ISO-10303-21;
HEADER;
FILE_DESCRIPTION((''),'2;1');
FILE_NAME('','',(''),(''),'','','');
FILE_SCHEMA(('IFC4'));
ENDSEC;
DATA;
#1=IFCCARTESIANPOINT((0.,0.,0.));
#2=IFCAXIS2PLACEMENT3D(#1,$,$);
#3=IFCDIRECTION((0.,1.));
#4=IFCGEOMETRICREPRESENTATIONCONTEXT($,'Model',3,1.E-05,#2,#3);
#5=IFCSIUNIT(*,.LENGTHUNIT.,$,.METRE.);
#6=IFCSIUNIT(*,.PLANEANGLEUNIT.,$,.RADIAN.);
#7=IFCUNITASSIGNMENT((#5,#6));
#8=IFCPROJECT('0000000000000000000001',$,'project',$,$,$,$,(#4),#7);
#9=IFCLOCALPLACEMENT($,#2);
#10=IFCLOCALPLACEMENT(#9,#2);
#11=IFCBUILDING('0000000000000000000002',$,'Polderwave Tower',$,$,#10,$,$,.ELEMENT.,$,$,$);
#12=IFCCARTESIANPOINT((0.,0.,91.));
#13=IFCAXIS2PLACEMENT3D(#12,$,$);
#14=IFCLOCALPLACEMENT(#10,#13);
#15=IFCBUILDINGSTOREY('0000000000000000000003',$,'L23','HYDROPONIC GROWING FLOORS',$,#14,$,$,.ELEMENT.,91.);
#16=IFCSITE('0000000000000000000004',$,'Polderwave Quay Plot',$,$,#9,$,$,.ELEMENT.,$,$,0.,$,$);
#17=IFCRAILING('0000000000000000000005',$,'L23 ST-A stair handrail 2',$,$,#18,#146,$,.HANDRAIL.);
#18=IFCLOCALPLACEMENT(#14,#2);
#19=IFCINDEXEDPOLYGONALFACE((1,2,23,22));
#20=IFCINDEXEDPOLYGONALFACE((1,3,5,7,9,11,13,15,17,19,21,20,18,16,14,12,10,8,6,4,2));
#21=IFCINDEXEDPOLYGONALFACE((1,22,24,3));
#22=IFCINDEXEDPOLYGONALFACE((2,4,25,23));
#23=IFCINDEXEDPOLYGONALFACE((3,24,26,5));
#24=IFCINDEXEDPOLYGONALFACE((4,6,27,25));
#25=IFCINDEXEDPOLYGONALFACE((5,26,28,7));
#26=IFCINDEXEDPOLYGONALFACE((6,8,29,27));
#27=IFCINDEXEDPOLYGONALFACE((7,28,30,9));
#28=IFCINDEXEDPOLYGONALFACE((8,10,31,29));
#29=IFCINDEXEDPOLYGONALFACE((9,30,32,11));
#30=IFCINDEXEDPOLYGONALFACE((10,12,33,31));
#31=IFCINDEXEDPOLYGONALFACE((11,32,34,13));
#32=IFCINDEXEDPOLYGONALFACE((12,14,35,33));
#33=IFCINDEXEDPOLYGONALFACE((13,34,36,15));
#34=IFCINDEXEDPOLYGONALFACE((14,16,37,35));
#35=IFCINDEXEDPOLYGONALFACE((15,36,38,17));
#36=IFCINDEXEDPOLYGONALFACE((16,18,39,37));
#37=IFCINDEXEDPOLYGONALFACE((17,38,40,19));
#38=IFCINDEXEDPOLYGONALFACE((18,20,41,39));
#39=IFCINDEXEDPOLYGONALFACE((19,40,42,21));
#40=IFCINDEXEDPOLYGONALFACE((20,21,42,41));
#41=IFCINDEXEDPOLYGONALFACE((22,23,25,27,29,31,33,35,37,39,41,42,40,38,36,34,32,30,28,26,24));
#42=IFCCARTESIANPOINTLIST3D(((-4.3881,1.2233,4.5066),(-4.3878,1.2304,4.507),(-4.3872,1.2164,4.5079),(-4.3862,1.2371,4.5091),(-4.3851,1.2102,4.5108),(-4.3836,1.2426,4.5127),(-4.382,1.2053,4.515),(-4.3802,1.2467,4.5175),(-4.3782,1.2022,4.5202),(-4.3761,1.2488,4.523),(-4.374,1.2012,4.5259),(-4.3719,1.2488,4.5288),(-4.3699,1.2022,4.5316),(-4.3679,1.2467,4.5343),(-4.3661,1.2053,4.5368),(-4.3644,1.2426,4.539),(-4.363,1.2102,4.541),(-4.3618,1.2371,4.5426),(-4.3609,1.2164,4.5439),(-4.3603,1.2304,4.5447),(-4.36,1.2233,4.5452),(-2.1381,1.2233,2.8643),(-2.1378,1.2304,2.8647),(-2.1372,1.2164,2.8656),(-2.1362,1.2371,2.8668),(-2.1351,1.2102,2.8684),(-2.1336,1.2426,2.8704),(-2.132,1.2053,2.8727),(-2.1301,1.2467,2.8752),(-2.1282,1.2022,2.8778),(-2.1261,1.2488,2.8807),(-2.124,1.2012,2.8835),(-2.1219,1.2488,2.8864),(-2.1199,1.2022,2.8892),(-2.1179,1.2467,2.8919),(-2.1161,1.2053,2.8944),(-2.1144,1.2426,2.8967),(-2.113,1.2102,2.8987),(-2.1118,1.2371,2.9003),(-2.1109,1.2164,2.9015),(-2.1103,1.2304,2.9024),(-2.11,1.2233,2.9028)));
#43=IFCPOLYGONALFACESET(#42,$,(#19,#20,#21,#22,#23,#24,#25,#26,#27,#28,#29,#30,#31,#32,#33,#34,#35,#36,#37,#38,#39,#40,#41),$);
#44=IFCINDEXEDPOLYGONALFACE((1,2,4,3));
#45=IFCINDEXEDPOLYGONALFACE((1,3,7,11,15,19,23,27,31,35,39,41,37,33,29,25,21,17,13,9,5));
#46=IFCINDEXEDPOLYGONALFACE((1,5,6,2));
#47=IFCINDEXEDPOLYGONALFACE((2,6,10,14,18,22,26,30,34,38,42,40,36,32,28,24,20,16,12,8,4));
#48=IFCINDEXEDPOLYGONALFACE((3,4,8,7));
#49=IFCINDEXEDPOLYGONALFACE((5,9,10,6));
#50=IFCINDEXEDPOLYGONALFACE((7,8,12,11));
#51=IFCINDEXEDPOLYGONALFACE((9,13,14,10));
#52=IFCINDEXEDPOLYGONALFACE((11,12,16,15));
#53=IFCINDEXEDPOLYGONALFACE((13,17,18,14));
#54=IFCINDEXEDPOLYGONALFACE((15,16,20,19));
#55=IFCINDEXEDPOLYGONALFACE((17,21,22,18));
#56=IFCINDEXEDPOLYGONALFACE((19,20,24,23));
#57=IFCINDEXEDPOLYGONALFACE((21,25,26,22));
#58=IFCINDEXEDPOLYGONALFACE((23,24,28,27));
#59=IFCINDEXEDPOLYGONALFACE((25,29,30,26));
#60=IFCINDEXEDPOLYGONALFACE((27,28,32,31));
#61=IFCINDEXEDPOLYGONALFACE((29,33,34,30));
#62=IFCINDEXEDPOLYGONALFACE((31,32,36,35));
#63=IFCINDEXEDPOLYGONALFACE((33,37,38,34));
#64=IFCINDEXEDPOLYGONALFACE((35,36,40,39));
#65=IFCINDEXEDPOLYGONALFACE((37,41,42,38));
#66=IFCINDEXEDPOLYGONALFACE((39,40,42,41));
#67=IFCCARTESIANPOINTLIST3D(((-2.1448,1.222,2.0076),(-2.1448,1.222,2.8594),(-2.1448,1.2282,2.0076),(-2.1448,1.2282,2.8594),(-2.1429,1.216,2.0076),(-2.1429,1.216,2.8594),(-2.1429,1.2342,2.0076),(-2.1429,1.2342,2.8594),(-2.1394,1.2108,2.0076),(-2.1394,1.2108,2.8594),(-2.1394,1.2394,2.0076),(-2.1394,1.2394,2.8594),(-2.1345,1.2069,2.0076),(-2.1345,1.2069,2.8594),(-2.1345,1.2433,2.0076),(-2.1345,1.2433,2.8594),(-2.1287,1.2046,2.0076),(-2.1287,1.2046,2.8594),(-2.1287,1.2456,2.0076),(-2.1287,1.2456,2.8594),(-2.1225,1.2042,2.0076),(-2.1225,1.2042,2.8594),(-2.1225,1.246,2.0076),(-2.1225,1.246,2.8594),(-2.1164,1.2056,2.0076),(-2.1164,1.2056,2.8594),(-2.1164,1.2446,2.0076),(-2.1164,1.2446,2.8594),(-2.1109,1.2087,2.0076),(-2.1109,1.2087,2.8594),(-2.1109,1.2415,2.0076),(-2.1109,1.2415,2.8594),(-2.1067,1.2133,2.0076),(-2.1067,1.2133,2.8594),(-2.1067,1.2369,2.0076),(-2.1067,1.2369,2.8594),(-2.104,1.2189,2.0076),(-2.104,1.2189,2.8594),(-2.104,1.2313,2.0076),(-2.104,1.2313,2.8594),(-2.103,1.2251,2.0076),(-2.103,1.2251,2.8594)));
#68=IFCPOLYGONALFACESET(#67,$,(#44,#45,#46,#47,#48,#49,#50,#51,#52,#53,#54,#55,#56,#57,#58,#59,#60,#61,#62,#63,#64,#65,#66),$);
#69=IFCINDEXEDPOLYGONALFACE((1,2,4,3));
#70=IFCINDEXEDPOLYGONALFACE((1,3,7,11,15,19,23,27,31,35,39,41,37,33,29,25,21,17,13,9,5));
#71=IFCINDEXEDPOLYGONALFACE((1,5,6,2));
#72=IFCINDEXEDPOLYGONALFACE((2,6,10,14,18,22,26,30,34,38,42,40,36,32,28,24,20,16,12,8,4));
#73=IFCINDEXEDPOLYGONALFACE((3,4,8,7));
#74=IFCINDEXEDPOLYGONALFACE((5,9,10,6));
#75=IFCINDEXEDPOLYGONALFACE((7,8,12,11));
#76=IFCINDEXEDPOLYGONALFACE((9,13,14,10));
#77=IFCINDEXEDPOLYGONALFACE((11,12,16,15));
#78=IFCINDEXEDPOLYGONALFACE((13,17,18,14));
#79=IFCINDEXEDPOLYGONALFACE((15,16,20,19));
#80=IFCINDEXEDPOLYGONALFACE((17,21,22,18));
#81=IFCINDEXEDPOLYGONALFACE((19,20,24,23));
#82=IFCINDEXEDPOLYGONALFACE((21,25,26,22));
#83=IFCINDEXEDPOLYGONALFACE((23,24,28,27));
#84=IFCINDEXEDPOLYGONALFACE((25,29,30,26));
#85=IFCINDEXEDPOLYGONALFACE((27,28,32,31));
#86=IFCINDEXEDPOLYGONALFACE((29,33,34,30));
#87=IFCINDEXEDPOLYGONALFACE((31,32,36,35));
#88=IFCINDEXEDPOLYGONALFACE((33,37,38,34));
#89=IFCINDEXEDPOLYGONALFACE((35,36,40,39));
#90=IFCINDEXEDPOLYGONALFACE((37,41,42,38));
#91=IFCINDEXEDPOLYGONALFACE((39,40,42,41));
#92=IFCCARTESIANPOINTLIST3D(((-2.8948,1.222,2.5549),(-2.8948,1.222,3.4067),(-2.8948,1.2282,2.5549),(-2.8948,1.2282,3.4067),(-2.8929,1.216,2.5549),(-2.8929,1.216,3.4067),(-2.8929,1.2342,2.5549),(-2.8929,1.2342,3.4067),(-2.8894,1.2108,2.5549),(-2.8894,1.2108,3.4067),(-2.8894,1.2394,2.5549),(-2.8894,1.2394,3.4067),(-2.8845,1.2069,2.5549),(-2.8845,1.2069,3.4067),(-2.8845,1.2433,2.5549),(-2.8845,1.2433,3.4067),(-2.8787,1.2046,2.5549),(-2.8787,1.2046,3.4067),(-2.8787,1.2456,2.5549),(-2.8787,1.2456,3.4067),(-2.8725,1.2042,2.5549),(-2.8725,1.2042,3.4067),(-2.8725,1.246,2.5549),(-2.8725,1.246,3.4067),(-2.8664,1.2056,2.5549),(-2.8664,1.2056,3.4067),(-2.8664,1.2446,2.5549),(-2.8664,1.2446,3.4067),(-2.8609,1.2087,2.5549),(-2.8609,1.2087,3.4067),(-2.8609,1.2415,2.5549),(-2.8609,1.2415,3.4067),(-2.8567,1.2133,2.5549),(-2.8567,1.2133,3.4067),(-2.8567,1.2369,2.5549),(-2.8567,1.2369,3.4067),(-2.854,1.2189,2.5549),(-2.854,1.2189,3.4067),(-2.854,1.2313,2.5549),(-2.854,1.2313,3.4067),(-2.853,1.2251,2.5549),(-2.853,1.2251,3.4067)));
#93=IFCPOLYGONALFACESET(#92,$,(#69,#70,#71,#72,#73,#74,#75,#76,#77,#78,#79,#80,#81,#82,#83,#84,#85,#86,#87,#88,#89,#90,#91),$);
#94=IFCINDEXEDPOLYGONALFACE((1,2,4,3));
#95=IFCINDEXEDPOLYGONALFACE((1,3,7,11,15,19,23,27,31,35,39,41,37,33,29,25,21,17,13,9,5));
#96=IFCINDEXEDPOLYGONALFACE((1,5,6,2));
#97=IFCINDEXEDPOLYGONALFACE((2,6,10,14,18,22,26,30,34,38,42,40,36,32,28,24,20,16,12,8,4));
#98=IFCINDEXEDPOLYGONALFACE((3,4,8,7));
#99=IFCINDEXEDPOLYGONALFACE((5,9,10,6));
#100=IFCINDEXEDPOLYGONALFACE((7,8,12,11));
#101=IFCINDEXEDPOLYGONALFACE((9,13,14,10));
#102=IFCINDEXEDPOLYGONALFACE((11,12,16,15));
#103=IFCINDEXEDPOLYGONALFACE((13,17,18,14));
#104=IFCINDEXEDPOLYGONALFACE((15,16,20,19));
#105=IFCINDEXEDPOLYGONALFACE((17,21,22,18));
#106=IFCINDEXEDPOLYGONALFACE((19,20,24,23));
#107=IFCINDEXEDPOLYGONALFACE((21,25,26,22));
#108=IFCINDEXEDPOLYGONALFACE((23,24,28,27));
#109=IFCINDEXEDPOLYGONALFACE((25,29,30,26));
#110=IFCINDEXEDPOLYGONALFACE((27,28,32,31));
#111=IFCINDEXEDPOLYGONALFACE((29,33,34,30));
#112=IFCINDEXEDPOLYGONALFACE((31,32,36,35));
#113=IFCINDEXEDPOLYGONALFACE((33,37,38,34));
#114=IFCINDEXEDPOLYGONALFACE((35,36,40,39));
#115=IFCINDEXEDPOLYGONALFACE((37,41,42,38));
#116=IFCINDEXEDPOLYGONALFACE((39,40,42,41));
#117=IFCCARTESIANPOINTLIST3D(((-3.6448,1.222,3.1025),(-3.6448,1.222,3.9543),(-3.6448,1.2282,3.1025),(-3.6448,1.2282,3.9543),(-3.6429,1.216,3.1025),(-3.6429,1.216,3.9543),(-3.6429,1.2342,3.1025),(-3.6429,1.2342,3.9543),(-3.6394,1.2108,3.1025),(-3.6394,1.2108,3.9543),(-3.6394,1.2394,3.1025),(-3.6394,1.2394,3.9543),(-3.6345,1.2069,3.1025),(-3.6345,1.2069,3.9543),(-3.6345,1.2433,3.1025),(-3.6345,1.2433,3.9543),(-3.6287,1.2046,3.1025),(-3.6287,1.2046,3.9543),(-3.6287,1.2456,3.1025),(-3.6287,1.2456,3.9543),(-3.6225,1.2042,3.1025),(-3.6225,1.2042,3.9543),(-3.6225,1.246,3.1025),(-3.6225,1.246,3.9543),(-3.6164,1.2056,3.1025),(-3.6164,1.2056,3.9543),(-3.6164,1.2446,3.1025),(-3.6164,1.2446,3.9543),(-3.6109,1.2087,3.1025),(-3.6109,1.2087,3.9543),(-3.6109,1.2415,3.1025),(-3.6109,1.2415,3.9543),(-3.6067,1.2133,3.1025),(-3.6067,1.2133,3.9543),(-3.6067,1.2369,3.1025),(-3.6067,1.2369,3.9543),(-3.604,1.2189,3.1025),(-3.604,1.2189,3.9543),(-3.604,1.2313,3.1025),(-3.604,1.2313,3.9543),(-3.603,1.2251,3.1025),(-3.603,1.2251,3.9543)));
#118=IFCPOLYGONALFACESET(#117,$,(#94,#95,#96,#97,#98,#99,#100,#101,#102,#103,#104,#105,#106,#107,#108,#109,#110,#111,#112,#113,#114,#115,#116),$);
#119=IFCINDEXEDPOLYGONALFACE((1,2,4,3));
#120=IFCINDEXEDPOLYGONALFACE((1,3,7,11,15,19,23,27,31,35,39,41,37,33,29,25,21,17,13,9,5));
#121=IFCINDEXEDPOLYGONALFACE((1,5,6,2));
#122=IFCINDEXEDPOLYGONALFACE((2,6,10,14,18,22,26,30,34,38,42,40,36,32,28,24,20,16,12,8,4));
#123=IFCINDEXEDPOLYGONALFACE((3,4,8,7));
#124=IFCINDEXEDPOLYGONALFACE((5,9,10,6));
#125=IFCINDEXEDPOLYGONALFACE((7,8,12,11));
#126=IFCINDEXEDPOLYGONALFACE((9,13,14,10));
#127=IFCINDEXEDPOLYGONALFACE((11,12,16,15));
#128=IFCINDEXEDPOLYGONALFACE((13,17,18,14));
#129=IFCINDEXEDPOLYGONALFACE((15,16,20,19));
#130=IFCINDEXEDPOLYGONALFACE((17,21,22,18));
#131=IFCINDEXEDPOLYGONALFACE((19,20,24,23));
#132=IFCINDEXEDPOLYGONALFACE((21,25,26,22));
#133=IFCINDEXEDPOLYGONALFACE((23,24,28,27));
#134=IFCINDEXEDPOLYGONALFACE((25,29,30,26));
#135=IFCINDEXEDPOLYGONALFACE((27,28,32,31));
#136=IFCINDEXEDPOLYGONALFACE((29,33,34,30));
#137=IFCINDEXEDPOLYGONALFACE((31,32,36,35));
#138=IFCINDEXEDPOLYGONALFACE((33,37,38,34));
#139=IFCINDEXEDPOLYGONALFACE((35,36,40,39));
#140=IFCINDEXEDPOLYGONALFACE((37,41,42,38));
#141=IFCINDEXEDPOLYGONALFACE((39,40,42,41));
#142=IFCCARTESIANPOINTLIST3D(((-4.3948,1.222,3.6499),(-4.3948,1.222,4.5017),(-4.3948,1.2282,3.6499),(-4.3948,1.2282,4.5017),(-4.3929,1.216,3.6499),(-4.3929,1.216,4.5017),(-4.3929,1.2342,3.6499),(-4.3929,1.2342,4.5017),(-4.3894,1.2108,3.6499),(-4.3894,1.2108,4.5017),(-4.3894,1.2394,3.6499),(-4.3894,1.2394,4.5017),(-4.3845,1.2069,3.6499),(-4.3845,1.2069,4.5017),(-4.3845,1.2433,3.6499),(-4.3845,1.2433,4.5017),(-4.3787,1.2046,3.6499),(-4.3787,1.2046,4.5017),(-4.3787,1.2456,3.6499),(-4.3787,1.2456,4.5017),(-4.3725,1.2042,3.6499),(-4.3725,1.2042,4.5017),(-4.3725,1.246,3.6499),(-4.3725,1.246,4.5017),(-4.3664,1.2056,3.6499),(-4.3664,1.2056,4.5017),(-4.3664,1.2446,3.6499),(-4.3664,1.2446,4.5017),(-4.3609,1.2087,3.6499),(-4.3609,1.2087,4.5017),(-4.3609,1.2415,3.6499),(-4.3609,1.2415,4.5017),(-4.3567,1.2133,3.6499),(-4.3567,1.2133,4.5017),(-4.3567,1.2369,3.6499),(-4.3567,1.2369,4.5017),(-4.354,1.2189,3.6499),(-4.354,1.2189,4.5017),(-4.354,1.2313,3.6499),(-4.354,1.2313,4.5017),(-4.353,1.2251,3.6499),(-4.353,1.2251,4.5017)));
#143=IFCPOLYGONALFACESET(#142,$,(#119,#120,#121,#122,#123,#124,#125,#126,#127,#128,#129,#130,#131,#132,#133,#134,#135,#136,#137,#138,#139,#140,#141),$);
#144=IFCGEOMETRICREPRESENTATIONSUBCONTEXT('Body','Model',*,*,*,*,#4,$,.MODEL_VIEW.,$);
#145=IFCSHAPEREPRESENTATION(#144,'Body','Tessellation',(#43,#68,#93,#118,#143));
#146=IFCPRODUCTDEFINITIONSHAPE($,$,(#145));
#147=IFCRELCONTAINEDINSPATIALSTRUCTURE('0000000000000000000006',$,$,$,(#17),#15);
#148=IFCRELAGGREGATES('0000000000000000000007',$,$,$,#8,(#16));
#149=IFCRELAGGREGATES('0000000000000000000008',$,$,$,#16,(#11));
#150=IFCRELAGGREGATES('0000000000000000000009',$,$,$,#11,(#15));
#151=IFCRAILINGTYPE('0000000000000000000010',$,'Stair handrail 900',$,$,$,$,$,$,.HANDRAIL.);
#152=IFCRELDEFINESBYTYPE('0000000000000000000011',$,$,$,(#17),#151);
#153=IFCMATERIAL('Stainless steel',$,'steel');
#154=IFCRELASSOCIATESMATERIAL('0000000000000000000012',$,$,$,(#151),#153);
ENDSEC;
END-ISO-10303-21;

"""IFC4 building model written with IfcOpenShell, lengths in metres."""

from ifc_helpers import new_model, si_unit, direction, frame, origin, origin_2d, place, context, subcontext, project, spatial, circle, extrude, material, type_object, element, save


model = new_model("IFC4")

# Units and contexts
model_context = context("Model", 3, precision=1e-05, world=origin(), true_north=direction((0.0, 1.0)))
body_context = subcontext(model_context, "Body", "Model", "MODEL_VIEW")
ifc_project = project(units=[si_unit("LENGTHUNIT", "METRE"), si_unit("PLANEANGLEUNIT", "RADIAN")], contexts=[model_context])

# Site, building, storey
site_placement = place(None, origin())
site = spatial("IfcSite", under=ifc_project, at=site_placement, Name="Polderwave Quay Plot", CompositionType="ELEMENT", RefElevation=0.0)
building_placement = place(site_placement, origin())
building = spatial("IfcBuilding", under=site, at=building_placement, Name="Polderwave Tower", CompositionType="ELEMENT")
storey_placement = place(building_placement, frame((0.0, 0.0, 91.0)))
storey = spatial("IfcBuildingStorey", under=building, at=storey_placement, Name="L23", Description="HYDROPONIC GROWING FLOORS", CompositionType="ELEMENT", Elevation=91.0)

# Railing
ifc_material_1 = material(Name="Stainless steel", Category="steel")
railing_type_1 = type_object("IfcRailingType", Name="Stair handrail 900", PredefinedType="HANDRAIL", material=ifc_material_1)
railing_1_placement = place(storey_placement, frame((-2.124, 1.2251, 2.0076)))
element("IfcRailing", 1, at=railing_1_placement, inside=storey, type_object=railing_type_1, Name="L23 ST-A stair handrail 2", PredefinedType="HANDRAIL", context=body_context, shape_type="SweptSolid", body=[
    extrude(circle(Radius=0.0239, at=origin_2d()), frame((0.0, 0.0, 0.876), z_axis=(-0.807715, 0.0, 0.589573), x_axis=(0.0, -1.0, 0.0)), (0.0, 0.0, 1.0), 2.7856),
    extrude(circle(Radius=0.021, at=origin_2d()), origin(), (0.0, 0.0, 1.0), 0.8518),
    extrude(circle(Radius=0.021, at=origin_2d()), frame((-0.75, 0.0, 0.5474)), (0.0, 0.0, 1.0), 0.8518),
    extrude(circle(Radius=0.021, at=origin_2d()), frame((-1.5, 0.0, 1.095)), (0.0, 0.0, 1.0), 0.8518),
    extrude(circle(Radius=0.021, at=origin_2d()), frame((-2.25, 0.0, 1.6423)), (0.0, 0.0, 1.0), 0.8518),
])

save(model, "model.ifc")
